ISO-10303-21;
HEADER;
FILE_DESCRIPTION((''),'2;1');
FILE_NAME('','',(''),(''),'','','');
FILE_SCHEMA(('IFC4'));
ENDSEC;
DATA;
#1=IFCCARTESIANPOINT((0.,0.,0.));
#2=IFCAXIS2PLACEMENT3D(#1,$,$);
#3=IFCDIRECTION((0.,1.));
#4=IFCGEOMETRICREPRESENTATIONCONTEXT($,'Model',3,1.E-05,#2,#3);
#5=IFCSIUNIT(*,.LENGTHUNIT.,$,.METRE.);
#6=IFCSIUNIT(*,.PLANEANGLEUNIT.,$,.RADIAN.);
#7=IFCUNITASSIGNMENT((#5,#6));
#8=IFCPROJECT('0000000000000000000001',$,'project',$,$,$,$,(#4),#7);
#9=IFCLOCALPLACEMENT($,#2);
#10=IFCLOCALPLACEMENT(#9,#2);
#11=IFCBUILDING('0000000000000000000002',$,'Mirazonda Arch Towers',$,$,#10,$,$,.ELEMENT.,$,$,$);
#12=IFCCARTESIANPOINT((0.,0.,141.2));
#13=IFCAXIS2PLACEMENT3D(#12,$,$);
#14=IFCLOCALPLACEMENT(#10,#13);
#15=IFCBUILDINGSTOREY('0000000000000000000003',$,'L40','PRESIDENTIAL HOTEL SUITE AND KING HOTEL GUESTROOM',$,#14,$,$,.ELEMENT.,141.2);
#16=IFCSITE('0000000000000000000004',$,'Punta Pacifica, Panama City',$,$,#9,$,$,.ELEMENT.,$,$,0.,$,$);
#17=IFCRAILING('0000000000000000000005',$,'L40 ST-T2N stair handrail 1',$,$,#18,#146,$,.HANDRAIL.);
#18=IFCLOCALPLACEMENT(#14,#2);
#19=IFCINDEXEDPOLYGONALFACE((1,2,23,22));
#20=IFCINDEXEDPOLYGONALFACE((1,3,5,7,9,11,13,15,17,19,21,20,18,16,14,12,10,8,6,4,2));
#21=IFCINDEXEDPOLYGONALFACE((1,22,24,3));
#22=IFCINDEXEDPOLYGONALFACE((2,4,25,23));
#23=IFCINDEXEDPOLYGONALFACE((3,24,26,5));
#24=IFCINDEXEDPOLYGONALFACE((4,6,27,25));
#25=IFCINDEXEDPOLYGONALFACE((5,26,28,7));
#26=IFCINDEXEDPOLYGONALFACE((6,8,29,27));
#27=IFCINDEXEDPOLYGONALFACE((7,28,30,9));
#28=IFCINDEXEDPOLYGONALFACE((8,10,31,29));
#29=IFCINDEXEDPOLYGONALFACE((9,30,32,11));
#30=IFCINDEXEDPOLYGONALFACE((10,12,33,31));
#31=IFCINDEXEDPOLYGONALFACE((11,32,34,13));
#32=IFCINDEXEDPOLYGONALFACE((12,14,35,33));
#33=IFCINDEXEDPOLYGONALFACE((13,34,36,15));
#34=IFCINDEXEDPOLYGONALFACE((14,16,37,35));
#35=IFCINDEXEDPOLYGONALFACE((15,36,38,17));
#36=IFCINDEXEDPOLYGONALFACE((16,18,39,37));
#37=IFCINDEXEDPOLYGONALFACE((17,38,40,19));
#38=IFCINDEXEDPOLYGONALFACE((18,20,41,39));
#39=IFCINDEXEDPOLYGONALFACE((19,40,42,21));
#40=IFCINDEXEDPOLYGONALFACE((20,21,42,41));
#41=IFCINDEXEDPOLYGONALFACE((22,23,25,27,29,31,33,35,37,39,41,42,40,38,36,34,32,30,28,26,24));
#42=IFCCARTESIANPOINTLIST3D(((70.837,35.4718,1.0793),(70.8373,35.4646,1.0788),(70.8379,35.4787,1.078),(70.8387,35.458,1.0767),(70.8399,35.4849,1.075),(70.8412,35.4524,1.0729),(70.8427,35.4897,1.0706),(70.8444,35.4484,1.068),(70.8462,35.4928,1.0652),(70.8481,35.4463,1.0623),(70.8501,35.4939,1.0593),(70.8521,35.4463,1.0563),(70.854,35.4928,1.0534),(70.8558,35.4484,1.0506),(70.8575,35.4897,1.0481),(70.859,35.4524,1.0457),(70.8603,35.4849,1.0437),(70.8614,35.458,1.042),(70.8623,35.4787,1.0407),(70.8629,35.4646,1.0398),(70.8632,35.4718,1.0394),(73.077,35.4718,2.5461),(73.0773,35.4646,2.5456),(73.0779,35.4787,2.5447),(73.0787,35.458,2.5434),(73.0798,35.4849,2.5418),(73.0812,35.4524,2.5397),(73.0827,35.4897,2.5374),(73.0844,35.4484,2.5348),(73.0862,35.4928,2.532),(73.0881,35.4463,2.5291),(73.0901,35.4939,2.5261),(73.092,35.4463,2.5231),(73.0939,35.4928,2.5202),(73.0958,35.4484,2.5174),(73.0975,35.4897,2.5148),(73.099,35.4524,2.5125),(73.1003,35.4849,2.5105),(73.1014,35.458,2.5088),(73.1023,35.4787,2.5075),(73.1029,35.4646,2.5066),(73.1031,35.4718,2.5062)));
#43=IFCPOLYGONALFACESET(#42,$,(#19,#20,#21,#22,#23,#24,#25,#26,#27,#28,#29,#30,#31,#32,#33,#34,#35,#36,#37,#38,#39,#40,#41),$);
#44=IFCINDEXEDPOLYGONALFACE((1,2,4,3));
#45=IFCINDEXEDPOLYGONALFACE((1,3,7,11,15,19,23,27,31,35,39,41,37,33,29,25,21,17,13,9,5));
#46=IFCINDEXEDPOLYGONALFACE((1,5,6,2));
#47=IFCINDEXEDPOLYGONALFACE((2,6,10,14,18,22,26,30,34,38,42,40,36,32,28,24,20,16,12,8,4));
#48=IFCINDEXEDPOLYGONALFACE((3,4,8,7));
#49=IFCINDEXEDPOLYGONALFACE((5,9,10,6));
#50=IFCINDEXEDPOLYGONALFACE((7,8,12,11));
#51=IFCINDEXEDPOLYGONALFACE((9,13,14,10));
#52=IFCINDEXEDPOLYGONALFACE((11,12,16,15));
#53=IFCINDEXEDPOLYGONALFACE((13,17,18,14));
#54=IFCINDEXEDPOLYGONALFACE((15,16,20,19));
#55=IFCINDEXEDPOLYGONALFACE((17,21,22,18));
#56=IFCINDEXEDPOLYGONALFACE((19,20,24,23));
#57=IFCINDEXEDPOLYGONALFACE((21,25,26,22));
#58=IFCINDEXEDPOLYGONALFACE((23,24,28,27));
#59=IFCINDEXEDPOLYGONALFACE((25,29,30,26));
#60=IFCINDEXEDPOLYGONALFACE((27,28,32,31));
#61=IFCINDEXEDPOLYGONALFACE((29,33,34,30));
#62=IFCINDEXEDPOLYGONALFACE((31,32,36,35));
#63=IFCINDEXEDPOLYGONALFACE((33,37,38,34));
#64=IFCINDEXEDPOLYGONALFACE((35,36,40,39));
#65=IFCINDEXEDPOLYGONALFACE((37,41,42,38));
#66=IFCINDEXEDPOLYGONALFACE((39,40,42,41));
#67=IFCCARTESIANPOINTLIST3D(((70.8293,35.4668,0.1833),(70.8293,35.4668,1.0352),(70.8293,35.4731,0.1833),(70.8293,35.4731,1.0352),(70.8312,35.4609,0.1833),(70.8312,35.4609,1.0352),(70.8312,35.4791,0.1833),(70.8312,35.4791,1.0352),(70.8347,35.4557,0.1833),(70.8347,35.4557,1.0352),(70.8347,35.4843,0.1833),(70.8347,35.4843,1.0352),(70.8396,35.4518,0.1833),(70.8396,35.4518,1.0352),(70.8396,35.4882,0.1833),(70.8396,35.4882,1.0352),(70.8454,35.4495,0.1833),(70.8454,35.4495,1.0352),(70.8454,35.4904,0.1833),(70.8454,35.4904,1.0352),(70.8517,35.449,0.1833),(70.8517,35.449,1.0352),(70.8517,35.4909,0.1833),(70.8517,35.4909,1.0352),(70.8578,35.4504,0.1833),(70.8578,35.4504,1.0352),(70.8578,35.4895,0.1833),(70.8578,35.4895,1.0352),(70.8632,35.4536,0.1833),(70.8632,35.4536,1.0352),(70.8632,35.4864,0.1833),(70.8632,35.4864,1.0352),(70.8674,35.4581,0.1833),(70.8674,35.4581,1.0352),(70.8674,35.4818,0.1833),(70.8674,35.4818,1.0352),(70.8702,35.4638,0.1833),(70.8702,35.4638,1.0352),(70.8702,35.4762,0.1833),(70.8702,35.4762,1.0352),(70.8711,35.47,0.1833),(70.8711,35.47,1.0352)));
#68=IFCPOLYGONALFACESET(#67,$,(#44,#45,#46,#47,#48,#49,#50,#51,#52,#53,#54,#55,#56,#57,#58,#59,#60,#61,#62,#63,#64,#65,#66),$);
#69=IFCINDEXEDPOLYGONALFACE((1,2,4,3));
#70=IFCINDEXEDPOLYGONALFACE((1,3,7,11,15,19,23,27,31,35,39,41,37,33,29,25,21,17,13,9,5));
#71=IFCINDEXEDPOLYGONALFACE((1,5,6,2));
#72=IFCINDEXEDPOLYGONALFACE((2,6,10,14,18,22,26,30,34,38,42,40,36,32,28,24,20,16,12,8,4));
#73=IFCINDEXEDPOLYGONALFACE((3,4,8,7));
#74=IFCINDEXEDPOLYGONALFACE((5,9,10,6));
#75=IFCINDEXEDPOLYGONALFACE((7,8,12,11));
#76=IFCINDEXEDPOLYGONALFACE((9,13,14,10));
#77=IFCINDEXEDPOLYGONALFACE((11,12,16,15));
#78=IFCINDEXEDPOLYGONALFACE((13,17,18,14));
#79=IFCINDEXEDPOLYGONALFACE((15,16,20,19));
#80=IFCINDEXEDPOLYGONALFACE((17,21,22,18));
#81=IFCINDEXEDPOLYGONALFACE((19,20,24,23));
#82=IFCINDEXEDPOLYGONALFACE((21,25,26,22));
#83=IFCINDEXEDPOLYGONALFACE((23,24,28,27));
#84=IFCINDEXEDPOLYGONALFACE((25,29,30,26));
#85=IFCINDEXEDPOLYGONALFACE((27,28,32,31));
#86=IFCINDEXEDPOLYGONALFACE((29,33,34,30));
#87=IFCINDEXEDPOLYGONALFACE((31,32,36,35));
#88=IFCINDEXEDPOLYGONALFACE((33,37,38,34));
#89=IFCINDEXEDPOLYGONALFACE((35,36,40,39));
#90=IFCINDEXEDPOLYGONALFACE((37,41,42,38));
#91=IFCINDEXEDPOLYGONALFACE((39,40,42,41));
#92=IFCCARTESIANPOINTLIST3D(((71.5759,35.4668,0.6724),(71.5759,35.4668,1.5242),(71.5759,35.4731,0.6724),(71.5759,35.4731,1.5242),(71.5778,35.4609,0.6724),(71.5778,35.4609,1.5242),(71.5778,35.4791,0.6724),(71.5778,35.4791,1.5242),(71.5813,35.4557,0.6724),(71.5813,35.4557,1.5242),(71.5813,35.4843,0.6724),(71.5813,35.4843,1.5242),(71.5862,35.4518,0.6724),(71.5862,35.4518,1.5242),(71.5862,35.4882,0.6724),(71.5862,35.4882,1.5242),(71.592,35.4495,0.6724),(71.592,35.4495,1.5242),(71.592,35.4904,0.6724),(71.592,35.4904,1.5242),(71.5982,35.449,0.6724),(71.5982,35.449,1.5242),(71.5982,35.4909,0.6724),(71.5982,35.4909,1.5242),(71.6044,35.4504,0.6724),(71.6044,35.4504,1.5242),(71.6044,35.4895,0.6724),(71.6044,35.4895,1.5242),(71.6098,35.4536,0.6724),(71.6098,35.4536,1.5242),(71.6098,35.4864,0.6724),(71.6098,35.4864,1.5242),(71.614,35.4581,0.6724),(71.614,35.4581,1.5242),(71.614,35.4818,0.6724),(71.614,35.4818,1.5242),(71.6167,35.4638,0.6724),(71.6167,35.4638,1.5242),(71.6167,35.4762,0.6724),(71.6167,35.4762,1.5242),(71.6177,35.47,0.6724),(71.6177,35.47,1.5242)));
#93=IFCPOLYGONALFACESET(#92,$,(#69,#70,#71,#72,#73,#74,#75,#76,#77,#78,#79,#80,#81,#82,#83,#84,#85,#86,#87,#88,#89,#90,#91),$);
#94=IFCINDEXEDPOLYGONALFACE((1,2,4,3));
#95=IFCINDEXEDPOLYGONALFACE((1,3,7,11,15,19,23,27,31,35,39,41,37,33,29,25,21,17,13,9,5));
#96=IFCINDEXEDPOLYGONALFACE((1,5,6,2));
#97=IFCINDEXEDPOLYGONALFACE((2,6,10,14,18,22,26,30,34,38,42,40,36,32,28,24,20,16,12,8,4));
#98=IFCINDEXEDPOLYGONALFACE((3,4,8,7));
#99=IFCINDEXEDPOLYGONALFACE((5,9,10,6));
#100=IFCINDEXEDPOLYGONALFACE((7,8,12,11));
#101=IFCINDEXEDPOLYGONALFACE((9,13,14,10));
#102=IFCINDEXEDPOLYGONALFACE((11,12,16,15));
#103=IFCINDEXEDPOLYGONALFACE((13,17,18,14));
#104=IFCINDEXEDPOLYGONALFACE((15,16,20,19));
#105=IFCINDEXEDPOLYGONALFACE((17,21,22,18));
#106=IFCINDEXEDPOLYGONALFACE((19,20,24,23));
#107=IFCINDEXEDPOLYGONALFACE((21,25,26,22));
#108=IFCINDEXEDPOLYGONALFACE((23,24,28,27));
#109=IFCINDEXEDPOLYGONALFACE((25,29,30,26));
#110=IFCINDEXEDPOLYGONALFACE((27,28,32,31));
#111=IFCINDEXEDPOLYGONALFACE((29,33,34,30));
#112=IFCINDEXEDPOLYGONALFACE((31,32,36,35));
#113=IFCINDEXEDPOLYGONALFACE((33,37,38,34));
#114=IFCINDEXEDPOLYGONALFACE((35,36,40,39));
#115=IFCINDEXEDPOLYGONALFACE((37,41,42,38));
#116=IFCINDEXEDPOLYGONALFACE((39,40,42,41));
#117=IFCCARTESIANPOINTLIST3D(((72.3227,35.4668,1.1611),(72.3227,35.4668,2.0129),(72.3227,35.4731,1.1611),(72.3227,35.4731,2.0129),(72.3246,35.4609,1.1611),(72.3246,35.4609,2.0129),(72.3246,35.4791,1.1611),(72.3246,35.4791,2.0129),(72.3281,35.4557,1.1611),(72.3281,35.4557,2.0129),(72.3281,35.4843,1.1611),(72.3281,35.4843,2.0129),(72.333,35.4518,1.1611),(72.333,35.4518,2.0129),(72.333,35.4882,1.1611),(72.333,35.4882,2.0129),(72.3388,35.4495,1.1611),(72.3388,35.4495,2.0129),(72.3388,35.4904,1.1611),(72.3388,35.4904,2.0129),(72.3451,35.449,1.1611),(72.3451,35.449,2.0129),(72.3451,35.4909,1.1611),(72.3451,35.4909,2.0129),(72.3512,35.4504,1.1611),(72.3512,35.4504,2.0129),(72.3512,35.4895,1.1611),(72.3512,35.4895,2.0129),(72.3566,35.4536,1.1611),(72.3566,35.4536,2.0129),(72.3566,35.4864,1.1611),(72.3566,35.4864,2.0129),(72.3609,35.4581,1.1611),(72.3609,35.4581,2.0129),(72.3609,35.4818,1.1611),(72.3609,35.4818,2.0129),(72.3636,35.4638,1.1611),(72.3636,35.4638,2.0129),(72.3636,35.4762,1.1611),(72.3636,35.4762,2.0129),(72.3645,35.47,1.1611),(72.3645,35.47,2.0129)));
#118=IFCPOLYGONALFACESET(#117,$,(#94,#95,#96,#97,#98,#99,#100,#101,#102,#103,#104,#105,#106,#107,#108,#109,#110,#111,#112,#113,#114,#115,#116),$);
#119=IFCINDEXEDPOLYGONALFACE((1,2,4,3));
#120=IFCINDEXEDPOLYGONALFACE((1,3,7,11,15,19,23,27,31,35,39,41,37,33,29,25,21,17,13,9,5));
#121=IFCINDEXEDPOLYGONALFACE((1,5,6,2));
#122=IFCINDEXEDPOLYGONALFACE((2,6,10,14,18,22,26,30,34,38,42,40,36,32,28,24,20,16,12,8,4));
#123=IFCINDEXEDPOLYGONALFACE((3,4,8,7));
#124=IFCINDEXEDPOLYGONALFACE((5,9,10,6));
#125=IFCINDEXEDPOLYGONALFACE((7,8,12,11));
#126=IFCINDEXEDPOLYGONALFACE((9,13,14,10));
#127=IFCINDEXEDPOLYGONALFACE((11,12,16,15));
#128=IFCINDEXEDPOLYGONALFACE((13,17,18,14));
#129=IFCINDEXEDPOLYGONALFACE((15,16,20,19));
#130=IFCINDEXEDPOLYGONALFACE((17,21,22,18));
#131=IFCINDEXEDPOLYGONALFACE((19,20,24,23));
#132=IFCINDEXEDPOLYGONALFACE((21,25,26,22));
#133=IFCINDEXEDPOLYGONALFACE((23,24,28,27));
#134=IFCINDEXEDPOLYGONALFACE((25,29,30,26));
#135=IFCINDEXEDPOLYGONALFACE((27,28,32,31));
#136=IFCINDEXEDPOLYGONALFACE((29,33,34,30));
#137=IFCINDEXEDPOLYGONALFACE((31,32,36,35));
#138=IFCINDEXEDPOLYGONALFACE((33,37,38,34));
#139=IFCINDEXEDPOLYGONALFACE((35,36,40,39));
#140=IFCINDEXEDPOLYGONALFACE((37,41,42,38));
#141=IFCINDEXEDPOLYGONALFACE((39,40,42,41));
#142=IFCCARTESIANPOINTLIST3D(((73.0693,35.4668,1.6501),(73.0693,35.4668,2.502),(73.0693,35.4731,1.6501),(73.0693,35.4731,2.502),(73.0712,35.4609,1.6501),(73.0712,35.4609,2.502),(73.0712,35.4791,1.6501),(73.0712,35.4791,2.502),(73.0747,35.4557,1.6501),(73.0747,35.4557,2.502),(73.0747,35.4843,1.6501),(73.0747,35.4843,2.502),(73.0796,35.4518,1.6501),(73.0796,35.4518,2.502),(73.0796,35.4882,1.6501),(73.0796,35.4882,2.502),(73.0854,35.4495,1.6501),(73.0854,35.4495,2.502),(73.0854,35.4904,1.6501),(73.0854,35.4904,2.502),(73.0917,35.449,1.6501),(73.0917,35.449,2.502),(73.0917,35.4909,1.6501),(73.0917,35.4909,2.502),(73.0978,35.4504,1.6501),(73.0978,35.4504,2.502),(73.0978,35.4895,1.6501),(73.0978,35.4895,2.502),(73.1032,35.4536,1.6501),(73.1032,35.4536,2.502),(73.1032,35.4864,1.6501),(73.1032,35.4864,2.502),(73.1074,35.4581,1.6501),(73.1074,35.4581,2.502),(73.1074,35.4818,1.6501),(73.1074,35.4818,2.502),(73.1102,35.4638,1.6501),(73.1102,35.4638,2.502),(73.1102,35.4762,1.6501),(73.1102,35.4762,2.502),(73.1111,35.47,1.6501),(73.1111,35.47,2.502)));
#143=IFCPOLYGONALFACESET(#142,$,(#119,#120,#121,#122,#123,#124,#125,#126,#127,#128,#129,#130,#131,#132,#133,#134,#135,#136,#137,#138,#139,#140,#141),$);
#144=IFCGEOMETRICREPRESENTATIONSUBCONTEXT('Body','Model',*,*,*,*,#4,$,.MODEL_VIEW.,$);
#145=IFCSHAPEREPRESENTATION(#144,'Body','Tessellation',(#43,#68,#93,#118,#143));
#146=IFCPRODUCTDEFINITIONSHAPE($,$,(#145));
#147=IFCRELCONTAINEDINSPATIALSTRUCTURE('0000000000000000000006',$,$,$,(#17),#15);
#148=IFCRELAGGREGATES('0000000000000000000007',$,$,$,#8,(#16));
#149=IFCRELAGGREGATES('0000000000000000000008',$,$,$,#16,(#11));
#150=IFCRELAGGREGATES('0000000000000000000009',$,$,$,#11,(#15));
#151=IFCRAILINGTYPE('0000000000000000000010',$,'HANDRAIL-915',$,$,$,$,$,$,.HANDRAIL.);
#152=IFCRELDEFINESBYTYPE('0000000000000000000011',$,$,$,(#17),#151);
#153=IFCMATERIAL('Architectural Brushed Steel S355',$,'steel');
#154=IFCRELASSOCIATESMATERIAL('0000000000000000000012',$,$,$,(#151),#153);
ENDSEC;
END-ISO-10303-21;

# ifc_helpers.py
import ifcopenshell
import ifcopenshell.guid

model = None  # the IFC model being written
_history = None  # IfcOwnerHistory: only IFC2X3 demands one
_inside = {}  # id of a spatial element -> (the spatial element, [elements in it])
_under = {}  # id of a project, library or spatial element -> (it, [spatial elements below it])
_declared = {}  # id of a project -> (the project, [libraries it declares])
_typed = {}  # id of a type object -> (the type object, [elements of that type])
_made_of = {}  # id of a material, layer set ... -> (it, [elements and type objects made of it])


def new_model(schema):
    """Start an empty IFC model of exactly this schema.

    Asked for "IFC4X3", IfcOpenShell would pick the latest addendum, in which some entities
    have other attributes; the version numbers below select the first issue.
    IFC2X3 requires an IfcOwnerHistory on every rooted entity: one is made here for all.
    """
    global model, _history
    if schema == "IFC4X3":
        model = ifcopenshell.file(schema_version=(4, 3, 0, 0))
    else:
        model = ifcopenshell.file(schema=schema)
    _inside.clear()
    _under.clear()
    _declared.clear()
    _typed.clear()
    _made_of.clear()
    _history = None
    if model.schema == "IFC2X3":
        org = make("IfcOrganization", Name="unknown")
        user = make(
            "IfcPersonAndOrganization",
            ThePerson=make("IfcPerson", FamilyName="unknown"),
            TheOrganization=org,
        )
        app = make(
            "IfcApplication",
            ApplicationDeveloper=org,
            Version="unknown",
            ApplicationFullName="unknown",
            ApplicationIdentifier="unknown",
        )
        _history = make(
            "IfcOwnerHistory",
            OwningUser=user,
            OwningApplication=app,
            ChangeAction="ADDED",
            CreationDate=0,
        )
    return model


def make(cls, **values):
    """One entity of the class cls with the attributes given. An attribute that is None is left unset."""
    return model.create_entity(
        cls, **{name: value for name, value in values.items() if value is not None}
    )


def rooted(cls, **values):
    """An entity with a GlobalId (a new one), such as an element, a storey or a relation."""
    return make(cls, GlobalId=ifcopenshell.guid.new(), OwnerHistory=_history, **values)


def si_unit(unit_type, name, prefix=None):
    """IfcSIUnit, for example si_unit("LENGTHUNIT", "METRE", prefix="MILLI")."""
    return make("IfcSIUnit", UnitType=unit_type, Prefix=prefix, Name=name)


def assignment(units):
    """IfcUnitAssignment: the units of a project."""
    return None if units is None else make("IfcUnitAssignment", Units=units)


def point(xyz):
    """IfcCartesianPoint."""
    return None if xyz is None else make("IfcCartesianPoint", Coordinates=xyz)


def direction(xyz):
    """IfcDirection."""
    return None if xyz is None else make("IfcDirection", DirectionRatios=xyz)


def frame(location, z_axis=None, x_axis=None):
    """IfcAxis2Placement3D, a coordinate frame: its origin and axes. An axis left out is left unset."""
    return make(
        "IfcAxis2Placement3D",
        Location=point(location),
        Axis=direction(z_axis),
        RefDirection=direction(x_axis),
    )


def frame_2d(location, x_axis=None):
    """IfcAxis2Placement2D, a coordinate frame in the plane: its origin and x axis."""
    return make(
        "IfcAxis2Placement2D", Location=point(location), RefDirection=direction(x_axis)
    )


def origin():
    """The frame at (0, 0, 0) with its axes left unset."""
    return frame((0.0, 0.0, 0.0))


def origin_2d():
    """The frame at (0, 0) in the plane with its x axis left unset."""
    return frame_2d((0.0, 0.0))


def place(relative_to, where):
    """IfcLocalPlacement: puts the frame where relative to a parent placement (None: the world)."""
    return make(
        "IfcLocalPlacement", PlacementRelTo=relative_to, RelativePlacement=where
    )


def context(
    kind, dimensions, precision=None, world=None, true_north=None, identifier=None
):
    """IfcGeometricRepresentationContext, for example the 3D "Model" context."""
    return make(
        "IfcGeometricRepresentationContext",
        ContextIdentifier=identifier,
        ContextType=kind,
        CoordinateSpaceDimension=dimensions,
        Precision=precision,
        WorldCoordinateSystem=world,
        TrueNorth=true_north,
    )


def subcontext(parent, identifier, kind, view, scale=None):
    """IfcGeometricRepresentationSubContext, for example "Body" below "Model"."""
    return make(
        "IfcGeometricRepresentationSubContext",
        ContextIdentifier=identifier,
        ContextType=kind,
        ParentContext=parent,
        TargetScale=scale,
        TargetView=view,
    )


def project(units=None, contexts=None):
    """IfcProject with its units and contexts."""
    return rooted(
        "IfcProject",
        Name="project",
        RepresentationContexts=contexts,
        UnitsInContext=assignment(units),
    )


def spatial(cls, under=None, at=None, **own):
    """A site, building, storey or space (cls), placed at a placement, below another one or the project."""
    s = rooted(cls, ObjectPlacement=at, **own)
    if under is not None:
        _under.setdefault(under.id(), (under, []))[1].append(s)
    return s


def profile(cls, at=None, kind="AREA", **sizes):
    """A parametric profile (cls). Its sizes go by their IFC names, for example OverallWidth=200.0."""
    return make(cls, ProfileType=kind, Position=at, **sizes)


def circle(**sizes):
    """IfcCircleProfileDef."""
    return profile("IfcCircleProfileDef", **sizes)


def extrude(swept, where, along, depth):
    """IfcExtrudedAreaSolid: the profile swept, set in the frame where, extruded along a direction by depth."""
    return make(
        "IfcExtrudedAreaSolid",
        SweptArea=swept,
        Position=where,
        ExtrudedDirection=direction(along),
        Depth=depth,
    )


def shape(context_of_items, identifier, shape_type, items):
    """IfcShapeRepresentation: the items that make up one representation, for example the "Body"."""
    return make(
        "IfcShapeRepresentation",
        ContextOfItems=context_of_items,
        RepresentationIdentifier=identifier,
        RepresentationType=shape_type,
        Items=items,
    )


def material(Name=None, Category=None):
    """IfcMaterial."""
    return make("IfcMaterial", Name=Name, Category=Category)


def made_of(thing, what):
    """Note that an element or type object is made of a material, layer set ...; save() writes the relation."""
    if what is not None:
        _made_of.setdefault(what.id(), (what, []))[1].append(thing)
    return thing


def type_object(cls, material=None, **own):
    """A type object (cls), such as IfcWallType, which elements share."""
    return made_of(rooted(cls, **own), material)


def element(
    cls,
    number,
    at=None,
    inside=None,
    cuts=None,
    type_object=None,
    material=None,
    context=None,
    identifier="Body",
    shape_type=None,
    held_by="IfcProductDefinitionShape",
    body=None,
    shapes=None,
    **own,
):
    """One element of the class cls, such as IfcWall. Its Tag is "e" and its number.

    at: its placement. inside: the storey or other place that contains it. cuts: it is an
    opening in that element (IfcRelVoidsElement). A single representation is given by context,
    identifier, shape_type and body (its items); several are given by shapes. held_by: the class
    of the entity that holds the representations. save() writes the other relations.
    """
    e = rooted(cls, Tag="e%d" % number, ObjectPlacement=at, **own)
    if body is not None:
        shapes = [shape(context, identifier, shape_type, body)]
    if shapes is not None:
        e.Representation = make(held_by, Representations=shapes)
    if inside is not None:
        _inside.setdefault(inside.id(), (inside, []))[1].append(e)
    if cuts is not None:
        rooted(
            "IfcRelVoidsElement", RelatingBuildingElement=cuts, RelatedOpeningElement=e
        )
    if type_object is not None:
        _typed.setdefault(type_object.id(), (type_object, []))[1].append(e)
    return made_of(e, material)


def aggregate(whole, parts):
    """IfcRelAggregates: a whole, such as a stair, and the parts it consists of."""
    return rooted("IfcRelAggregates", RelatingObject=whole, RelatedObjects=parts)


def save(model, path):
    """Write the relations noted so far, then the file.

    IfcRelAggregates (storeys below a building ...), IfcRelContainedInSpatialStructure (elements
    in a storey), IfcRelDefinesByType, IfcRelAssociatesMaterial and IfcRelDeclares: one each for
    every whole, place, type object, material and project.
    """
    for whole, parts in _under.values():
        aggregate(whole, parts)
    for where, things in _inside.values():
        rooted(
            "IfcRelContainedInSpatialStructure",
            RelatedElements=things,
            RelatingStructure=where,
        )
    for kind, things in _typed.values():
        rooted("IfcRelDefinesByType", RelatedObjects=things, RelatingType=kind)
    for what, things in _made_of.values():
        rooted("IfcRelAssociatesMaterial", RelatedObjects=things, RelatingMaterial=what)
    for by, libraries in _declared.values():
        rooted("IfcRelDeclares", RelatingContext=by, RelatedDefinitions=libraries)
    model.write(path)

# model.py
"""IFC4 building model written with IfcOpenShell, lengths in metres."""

from ifc_helpers import new_model, si_unit, direction, frame, origin, origin_2d, place, context, subcontext, project, spatial, circle, extrude, material, type_object, element, save


model = new_model("IFC4")

# Units and contexts
model_context = context("Model", 3, precision=1e-05, world=origin(), true_north=direction((0.0, 1.0)))
body_context = subcontext(model_context, "Body", "Model", "MODEL_VIEW")
ifc_project = project(units=[si_unit("LENGTHUNIT", "METRE"), si_unit("PLANEANGLEUNIT", "RADIAN")], contexts=[model_context])

# Site, building, storey
site_placement = place(None, origin())
site = spatial("IfcSite", under=ifc_project, at=site_placement, Name="Punta Pacifica, Panama City", CompositionType="ELEMENT", RefElevation=0.0)
building_placement = place(site_placement, origin())
building = spatial("IfcBuilding", under=site, at=building_placement, Name="Mirazonda Arch Towers", CompositionType="ELEMENT")
storey_placement = place(building_placement, frame((0.0, 0.0, 141.2)))
storey = spatial("IfcBuildingStorey", under=building, at=storey_placement, Name="L40", Description="PRESIDENTIAL HOTEL SUITE AND KING HOTEL GUESTROOM", CompositionType="ELEMENT", Elevation=141.2)

# Shared definitions
ifc_material_1 = material(Name="Architectural Brushed Steel S355", Category="steel")

# Railing
railing_type = type_object("IfcRailingType", Name="HANDRAIL-915", PredefinedType="HANDRAIL", material=ifc_material_1)
railing_placement = place(storey_placement, frame((70.8501, 35.47, 0.1833)))
element("IfcRailing", 1, at=railing_placement, inside=storey, type_object=railing_type, Name="L40 ST-T2N stair handrail 1", PredefinedType="HANDRAIL", context=body_context, shape_type="SweptSolid", body=[
    extrude(circle(Radius=0.0239, at=origin_2d()), frame((0.0, 0.0, 0.876), z_axis=(0.836595, 0.0, 0.547822), x_axis=(0.0, 1.0, 0.0)), (0.0, 0.0, 1.0), 2.6775),
    extrude(circle(Radius=0.021, at=origin_2d()), origin(), (0.0, 0.0, 1.0), 0.8518),
    extrude(circle(Radius=0.021, at=origin_2d()), frame((0.7466, 0.0, 0.489)), (0.0, 0.0, 1.0), 0.8518),
    extrude(circle(Radius=0.021, at=origin_2d()), frame((1.4934, 0.0, 0.9778)), (0.0, 0.0, 1.0), 0.8518),
    extrude(circle(Radius=0.021, at=origin_2d()), frame((2.24, 0.0, 1.4668)), (0.0, 0.0, 1.0), 0.8518),
])

save(model, "model.ifc")
